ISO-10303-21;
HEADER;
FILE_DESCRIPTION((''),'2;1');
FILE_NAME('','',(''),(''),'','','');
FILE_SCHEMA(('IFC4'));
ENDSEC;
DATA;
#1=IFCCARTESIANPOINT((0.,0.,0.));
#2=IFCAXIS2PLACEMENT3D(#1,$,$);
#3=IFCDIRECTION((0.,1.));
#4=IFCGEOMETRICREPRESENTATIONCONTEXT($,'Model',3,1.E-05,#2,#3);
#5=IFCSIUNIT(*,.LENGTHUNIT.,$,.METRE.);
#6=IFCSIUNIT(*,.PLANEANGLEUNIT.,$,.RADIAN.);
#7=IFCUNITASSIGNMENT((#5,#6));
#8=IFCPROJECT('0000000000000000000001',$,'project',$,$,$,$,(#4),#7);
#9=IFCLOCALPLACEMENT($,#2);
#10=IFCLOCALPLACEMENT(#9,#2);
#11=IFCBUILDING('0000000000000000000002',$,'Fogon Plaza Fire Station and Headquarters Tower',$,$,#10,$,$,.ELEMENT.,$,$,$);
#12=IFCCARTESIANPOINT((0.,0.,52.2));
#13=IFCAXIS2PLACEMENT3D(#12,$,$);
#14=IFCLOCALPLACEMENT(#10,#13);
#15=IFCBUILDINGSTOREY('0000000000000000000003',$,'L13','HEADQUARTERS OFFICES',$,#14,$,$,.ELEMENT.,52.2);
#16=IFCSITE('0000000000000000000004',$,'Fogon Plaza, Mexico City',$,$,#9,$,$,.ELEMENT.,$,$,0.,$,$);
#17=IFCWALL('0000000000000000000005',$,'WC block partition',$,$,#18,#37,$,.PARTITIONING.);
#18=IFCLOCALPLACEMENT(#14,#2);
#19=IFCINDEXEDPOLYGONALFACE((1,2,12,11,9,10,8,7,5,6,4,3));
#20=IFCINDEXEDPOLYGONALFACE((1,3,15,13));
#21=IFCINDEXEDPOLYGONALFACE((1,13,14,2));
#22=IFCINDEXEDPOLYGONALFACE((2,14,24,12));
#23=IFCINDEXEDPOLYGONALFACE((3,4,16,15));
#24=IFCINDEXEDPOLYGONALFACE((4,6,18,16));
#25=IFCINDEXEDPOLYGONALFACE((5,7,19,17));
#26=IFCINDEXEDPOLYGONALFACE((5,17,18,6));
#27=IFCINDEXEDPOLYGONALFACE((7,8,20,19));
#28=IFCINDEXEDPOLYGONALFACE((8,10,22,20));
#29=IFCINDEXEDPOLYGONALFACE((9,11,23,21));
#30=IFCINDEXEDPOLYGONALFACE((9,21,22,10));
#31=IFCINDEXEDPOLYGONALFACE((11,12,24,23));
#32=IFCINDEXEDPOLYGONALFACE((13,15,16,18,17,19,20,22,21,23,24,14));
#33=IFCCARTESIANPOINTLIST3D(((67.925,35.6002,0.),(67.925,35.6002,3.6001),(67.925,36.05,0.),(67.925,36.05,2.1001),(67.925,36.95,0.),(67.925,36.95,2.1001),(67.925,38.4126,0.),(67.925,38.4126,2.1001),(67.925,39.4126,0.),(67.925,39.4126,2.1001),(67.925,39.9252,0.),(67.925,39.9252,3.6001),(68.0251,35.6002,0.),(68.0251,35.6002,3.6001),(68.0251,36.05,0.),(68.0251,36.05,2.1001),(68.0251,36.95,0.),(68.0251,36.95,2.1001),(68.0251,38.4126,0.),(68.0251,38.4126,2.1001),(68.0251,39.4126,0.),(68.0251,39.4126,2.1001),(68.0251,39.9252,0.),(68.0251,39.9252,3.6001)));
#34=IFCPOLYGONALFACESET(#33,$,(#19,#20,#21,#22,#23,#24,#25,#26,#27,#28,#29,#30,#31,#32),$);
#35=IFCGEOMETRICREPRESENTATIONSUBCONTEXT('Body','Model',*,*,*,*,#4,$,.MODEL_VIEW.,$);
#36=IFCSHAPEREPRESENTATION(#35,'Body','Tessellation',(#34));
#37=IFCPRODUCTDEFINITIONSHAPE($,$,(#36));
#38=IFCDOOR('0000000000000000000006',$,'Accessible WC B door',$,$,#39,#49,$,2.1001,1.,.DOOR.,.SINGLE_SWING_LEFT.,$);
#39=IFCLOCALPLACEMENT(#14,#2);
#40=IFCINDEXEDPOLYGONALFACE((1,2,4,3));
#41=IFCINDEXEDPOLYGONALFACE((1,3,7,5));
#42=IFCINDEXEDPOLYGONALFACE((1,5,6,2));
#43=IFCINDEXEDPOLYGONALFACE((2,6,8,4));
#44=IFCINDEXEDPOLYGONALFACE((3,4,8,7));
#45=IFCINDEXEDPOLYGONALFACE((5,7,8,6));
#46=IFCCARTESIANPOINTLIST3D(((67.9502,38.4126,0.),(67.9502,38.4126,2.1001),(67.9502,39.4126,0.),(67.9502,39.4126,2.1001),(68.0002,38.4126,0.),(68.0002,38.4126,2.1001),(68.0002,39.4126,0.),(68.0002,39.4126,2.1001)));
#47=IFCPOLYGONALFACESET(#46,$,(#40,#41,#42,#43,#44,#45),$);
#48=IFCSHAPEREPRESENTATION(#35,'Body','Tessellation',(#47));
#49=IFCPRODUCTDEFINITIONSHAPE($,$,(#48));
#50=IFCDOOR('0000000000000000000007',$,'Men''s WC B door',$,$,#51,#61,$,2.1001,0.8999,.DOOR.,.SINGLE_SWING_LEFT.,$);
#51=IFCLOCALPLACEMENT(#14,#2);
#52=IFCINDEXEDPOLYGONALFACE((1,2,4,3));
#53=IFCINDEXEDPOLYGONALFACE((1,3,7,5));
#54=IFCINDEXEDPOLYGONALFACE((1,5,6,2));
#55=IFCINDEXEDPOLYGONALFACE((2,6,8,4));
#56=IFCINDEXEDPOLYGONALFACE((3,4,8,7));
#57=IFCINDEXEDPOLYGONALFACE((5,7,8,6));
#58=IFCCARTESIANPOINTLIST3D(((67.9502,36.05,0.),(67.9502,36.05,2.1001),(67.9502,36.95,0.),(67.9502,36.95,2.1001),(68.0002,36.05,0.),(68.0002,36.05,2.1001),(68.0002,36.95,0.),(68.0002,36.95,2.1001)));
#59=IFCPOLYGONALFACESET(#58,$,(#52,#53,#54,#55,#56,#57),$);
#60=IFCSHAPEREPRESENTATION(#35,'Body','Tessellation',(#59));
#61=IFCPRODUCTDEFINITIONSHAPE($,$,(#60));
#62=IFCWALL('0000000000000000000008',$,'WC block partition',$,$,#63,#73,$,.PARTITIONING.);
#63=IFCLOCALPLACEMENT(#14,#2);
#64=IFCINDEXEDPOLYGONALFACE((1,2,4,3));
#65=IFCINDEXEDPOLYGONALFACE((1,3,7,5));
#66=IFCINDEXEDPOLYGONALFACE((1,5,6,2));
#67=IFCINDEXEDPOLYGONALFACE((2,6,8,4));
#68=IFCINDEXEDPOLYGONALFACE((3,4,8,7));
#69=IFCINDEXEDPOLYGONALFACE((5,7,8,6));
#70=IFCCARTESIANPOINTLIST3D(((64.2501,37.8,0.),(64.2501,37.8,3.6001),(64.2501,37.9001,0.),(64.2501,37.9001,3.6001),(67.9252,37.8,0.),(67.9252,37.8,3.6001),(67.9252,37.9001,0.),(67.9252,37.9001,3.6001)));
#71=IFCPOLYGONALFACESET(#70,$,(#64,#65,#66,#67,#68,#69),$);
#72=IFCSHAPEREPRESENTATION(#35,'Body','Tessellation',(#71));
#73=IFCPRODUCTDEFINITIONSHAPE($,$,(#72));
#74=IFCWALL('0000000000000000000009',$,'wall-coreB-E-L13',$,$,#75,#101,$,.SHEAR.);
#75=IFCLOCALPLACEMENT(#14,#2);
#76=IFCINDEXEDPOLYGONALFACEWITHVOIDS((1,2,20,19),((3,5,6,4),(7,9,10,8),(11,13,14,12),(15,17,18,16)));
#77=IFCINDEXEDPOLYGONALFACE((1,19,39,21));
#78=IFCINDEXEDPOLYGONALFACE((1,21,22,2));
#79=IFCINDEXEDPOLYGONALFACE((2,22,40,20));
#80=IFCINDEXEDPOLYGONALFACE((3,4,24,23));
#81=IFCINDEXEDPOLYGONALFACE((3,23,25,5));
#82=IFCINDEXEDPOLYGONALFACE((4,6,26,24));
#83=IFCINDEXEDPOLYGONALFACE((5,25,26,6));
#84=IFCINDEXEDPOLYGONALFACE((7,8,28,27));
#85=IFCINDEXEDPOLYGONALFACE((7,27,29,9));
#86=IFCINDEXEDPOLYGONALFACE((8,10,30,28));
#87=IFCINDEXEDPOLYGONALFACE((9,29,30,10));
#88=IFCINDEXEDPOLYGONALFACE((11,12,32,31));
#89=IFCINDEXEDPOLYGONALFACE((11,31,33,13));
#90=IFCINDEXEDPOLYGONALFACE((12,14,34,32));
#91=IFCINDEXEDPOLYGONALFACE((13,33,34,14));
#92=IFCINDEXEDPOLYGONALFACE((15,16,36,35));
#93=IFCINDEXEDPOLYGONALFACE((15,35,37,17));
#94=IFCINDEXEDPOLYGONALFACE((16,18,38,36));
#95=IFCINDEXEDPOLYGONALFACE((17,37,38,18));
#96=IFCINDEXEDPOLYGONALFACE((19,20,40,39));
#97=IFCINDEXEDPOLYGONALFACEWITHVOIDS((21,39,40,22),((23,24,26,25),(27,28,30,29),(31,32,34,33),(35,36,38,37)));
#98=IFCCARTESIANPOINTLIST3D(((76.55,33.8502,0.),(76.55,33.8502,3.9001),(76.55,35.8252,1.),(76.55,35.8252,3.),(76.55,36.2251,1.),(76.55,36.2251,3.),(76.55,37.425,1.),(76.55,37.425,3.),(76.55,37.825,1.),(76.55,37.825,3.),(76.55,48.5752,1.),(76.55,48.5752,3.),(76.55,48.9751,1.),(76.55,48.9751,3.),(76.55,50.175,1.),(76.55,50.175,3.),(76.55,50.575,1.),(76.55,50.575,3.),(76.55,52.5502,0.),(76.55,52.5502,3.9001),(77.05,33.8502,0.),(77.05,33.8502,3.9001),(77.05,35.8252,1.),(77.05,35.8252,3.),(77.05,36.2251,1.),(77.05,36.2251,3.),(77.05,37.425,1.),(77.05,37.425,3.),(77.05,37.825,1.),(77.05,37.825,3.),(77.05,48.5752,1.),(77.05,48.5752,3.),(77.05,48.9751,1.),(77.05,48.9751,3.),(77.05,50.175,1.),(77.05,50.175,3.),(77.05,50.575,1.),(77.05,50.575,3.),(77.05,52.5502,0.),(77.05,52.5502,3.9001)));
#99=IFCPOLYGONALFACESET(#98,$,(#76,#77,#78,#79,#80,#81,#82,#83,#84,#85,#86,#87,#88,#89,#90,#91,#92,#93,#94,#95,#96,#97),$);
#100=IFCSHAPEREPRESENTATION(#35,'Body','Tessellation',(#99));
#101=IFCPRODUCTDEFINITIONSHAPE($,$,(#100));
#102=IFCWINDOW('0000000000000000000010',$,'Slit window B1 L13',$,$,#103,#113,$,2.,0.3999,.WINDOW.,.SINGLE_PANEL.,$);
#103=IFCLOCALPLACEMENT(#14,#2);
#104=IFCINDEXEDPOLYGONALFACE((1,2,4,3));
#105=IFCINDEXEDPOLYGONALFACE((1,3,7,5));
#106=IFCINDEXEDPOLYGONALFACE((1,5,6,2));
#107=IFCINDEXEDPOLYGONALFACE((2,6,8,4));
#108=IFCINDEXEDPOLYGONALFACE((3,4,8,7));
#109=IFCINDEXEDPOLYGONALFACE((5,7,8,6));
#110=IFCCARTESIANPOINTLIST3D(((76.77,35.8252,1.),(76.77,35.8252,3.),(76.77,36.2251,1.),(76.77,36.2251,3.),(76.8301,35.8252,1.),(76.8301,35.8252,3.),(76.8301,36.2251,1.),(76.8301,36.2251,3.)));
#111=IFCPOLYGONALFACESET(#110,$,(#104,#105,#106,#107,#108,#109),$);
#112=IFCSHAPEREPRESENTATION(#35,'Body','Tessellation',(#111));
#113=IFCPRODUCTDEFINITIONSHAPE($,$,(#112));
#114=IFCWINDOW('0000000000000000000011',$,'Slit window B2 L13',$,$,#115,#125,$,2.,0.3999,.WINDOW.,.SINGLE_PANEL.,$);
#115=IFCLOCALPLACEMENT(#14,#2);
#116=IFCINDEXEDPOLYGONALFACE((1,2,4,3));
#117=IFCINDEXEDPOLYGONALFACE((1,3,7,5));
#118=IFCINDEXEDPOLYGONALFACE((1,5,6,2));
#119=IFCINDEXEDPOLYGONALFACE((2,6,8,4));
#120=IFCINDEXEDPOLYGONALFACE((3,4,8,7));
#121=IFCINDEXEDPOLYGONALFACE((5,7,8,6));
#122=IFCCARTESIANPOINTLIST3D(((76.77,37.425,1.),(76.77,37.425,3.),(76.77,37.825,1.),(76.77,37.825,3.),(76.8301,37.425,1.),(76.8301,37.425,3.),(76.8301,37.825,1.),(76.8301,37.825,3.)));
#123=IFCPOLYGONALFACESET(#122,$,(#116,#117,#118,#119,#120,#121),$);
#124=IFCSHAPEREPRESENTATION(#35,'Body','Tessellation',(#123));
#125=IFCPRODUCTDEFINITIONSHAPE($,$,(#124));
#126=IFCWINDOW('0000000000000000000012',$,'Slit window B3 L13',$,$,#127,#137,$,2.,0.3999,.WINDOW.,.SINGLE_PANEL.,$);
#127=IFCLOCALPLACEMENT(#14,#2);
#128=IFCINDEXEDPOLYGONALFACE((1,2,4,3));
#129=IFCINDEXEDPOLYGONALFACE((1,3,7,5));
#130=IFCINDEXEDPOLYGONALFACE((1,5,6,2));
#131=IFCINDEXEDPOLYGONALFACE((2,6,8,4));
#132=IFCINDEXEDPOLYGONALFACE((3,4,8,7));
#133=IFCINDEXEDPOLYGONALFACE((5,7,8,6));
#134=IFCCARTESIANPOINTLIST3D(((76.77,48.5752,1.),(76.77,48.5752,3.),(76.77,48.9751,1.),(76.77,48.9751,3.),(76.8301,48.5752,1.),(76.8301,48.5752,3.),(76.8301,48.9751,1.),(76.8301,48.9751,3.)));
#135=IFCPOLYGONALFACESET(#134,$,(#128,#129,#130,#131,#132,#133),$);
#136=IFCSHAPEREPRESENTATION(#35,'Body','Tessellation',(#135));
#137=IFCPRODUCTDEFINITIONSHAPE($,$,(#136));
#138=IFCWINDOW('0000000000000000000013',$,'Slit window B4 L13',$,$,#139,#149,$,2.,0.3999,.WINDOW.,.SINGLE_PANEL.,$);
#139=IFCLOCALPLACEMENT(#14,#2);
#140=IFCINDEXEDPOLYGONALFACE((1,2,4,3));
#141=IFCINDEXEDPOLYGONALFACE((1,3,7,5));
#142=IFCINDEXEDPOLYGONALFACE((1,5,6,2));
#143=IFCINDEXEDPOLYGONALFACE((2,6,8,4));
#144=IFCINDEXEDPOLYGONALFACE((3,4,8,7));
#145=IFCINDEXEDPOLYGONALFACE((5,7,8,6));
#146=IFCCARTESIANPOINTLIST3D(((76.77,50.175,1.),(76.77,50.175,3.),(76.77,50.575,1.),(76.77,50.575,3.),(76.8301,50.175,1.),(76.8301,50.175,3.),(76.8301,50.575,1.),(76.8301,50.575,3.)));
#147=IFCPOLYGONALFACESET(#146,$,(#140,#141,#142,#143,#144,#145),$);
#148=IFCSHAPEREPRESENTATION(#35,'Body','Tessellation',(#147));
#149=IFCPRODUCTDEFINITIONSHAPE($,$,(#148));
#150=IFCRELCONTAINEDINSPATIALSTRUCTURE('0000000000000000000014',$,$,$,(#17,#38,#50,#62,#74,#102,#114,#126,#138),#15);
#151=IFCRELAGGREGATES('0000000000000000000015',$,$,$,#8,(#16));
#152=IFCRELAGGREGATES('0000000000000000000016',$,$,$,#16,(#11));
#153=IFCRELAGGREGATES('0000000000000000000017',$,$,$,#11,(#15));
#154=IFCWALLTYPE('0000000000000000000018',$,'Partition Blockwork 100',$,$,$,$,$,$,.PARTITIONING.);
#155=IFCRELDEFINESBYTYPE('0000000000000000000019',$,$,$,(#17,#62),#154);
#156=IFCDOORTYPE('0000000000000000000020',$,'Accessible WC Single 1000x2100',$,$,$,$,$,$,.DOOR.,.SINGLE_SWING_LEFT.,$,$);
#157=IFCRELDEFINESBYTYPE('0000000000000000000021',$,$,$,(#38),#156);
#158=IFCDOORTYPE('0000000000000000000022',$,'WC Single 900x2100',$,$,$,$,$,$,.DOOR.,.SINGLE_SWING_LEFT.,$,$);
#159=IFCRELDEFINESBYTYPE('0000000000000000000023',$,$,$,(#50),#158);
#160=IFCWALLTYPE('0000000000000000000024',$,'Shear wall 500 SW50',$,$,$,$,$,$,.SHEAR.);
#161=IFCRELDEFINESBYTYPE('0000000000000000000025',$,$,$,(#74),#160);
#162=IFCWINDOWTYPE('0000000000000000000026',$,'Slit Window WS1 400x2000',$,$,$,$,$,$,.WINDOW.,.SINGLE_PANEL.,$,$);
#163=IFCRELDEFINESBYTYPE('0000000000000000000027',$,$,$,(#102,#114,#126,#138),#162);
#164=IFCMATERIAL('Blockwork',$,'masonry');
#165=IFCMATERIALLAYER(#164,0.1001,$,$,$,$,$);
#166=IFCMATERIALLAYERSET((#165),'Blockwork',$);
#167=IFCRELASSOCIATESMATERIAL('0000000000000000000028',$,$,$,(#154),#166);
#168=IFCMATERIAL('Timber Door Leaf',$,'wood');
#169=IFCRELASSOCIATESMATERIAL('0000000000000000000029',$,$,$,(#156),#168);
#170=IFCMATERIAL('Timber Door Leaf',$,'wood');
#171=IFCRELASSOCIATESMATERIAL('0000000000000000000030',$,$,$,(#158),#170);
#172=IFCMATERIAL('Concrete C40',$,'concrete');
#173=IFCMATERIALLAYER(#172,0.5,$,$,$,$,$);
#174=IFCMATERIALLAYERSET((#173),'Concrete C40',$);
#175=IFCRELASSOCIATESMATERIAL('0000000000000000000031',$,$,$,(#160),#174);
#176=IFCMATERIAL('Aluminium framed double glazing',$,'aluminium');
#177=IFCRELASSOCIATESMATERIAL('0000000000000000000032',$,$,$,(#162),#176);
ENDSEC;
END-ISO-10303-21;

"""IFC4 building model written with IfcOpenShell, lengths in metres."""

from ifc_helpers import new_model, si_unit, direction, frame, frame_2d, origin, place, context, subcontext, project, spatial, rectangle, extrude, material, layer, layer_set, type_object, element, fill, save


model = new_model("IFC4")

# Units and contexts
model_context = context("Model", 3, precision=1e-05, world=origin(), true_north=direction((0.0, 1.0)))
body_context = subcontext(model_context, "Body", "Model", "MODEL_VIEW")
ifc_project = project(units=[si_unit("LENGTHUNIT", "METRE"), si_unit("PLANEANGLEUNIT", "RADIAN")], contexts=[model_context])

# Site, building, storey
site_placement = place(None, origin())
site = spatial("IfcSite", under=ifc_project, at=site_placement, Name="Fogon Plaza, Mexico City", CompositionType="ELEMENT", RefElevation=0.0)
building_placement = place(site_placement, origin())
building = spatial("IfcBuilding", under=site, at=building_placement, Name="Fogon Plaza Fire Station and Headquarters Tower", CompositionType="ELEMENT")
storey_placement = place(building_placement, frame((0.0, 0.0, 52.2)))
storey = spatial("IfcBuildingStorey", under=building, at=storey_placement, Name="L13", Description="HEADQUARTERS OFFICES", CompositionType="ELEMENT", Elevation=52.2)

# Shared definitions
ifc_material_1 = material(Name="Blockwork", Category="masonry")
ifc_layer_1 = layer(ifc_material_1, 0.1001)
ifc_layer_set_1 = layer_set([ifc_layer_1], Name="Blockwork")
wall_type_1 = type_object("IfcWallType", Name="Partition Blockwork 100", PredefinedType="PARTITIONING", material=ifc_layer_set_1)

# Wall, openings, doors
wall_1_placement = place(storey_placement, frame((67.9751, 35.6001, 0.0), z_axis=(0.0, 0.0, 1.0), x_axis=(0.0, 1.0, 0.0)))
wall_1 = element("IfcWall", 1, at=wall_1_placement, inside=storey, type_object=wall_type_1, Name="WC block partition", PredefinedType="PARTITIONING", context=body_context, shape_type="SweptSolid", body=[
    extrude(rectangle(XDim=4.325, YDim=0.1001, at=frame_2d((2.1626, 0.0))), origin(), (0.0, 0.0, 1.0), 3.6001),
])
opening_1_placement = place(wall_1_placement, frame((0.45, 0.0, 0.0)))
opening_1 = element("IfcOpeningElement", 2, at=opening_1_placement, cuts=wall_1, PredefinedType="OPENING", context=body_context, shape_type="SweptSolid", body=[
    extrude(rectangle(XDim=0.8999, YDim=2.1001, at=frame_2d((0.45, 1.05))), frame((0.0, 0.0601, 0.0), z_axis=(0.0, -1.0, 0.0), x_axis=(1.0, 0.0, 0.0)), (0.0, 0.0, 1.0), 0.1201),
])
opening_2_placement = place(wall_1_placement, frame((2.8125, 0.0, 0.0)))
opening_2 = element("IfcOpeningElement", 3, at=opening_2_placement, cuts=wall_1, PredefinedType="OPENING", context=body_context, shape_type="SweptSolid", body=[
    extrude(rectangle(XDim=1.0, YDim=2.1001, at=frame_2d((0.5, 1.05))), frame((0.0, 0.0601, 0.0), z_axis=(0.0, -1.0, 0.0), x_axis=(1.0, 0.0, 0.0)), (0.0, 0.0, 1.0), 0.1201),
])
ifc_material_2 = material(Name="Timber Door Leaf", Category="wood")
door_type_1 = type_object("IfcDoorType", Name="Accessible WC Single 1000x2100", OperationType="SINGLE_SWING_LEFT", PredefinedType="DOOR", material=ifc_material_2)
door_1_placement = place(opening_2_placement, origin())
door_1 = element("IfcDoor", 4, at=door_1_placement, inside=storey, type_object=door_type_1, Name="Accessible WC B door", OperationType="SINGLE_SWING_LEFT", OverallHeight=2.1001, OverallWidth=1.0, PredefinedType="DOOR", context=body_context, shape_type="SweptSolid", body=[
    extrude(rectangle(XDim=1.0, YDim=2.1001, at=frame_2d((0.5, 1.05))), frame((0.0, 0.0249, 0.0), z_axis=(0.0, -1.0, 0.0), x_axis=(1.0, 0.0, 0.0)), (0.0, 0.0, 1.0), 0.05),
])
fill(opening_2, door_1)
ifc_material_3 = material(Name="Timber Door Leaf", Category="wood")
door_type_2 = type_object("IfcDoorType", Name="WC Single 900x2100", OperationType="SINGLE_SWING_LEFT", PredefinedType="DOOR", material=ifc_material_3)
door_2_placement = place(opening_1_placement, origin())
door_2 = element("IfcDoor", 5, at=door_2_placement, inside=storey, type_object=door_type_2, Name="Men's WC B door", OperationType="SINGLE_SWING_LEFT", OverallHeight=2.1001, OverallWidth=0.8999, PredefinedType="DOOR", context=body_context, shape_type="SweptSolid", body=[
    extrude(rectangle(XDim=0.8999, YDim=2.1001, at=frame_2d((0.45, 1.05))), frame((0.0, 0.0249, 0.0), z_axis=(0.0, -1.0, 0.0), x_axis=(1.0, 0.0, 0.0)), (0.0, 0.0, 1.0), 0.05),
])
fill(opening_1, door_2)

# Wall
wall_2_placement = place(storey_placement, frame((67.925, 37.8501, 0.0), z_axis=(0.0, 0.0, 1.0), x_axis=(-1.0, 0.0, 0.0)))
element("IfcWall", 6, at=wall_2_placement, inside=storey, type_object=wall_type_1, Name="WC block partition", PredefinedType="PARTITIONING", context=body_context, shape_type="SweptSolid", body=[
    extrude(rectangle(XDim=3.675, YDim=0.1001, at=frame_2d((1.8374, 0.0))), origin(), (0.0, 0.0, 1.0), 3.6001),
])

# Wall, openings, windows
ifc_material_4 = material(Name="Concrete C40", Category="concrete")
ifc_layer_2 = layer(ifc_material_4, 0.5)
ifc_layer_set_2 = layer_set([ifc_layer_2], Name="Concrete C40")
wall_type_2 = type_object("IfcWallType", Name="Shear wall 500 SW50", PredefinedType="SHEAR", material=ifc_layer_set_2)
wall_3_placement = place(storey_placement, frame((76.8, 33.8501, 0.0), z_axis=(0.0, 0.0, 1.0), x_axis=(0.0, 1.0, 0.0)))
wall_3 = element("IfcWall", 7, at=wall_3_placement, inside=storey, type_object=wall_type_2, Name="wall-coreB-E-L13", PredefinedType="SHEAR", context=body_context, shape_type="SweptSolid", body=[
    extrude(rectangle(XDim=18.7, YDim=0.5, at=frame_2d((9.3501, 0.0))), origin(), (0.0, 0.0, 1.0), 3.9001),
])
opening_3_placement = place(wall_3_placement, frame((1.9751, 0.0, 1.0)))
opening_3 = element("IfcOpeningElement", 8, at=opening_3_placement, cuts=wall_3, PredefinedType="OPENING", context=body_context, shape_type="SweptSolid", body=[
    extrude(rectangle(XDim=0.3999, YDim=2.0, at=frame_2d((0.2, 1.0))), frame((0.0, 0.26, 0.0), z_axis=(0.0, -1.0, 0.0), x_axis=(1.0, 0.0, 0.0)), (0.0, 0.0, 1.0), 0.52),
])
opening_4_placement = place(wall_3_placement, frame((3.575, 0.0, 1.0)))
opening_4 = element("IfcOpeningElement", 9, at=opening_4_placement, cuts=wall_3, PredefinedType="OPENING", context=body_context, shape_type="SweptSolid", body=[
    extrude(rectangle(XDim=0.3999, YDim=2.0, at=frame_2d((0.2, 1.0))), frame((0.0, 0.26, 0.0), z_axis=(0.0, -1.0, 0.0), x_axis=(1.0, 0.0, 0.0)), (0.0, 0.0, 1.0), 0.52),
])
opening_5_placement = place(wall_3_placement, frame((14.7251, 0.0, 1.0)))
opening_5 = element("IfcOpeningElement", 10, at=opening_5_placement, cuts=wall_3, PredefinedType="OPENING", context=body_context, shape_type="SweptSolid", body=[
    extrude(rectangle(XDim=0.3999, YDim=2.0, at=frame_2d((0.2, 1.0))), frame((0.0, 0.26, 0.0), z_axis=(0.0, -1.0, 0.0), x_axis=(1.0, 0.0, 0.0)), (0.0, 0.0, 1.0), 0.52),
])
opening_6_placement = place(wall_3_placement, frame((16.325, 0.0, 1.0)))
opening_6 = element("IfcOpeningElement", 11, at=opening_6_placement, cuts=wall_3, PredefinedType="OPENING", context=body_context, shape_type="SweptSolid", body=[
    extrude(rectangle(XDim=0.3999, YDim=2.0, at=frame_2d((0.2, 1.0))), frame((0.0, 0.26, 0.0), z_axis=(0.0, -1.0, 0.0), x_axis=(1.0, 0.0, 0.0)), (0.0, 0.0, 1.0), 0.52),
])
ifc_material_5 = material(Name="Aluminium framed double glazing", Category="aluminium")
window_type = type_object("IfcWindowType", Name="Slit Window WS1 400x2000", PartitioningType="SINGLE_PANEL", PredefinedType="WINDOW", material=ifc_material_5)
window_1_placement = place(opening_3_placement, origin())
window_1 = element("IfcWindow", 12, at=window_1_placement, inside=storey, type_object=window_type, Name="Slit window B1 L13", OverallHeight=2.0, OverallWidth=0.3999, PartitioningType="SINGLE_PANEL", PredefinedType="WINDOW", context=body_context, shape_type="SweptSolid", body=[
    extrude(rectangle(XDim=0.3999, YDim=2.0, at=frame_2d((0.2, 1.0))), frame((0.0, 0.03, 0.0), z_axis=(0.0, -1.0, 0.0), x_axis=(1.0, 0.0, 0.0)), (0.0, 0.0, 1.0), 0.0601),
])
fill(opening_3, window_1)
window_2_placement = place(opening_4_placement, origin())
window_2 = element("IfcWindow", 13, at=window_2_placement, inside=storey, type_object=window_type, Name="Slit window B2 L13", OverallHeight=2.0, OverallWidth=0.3999, PartitioningType="SINGLE_PANEL", PredefinedType="WINDOW", context=body_context, shape_type="SweptSolid", body=[
    extrude(rectangle(XDim=0.3999, YDim=2.0, at=frame_2d((0.2, 1.0))), frame((0.0, 0.03, 0.0), z_axis=(0.0, -1.0, 0.0), x_axis=(1.0, 0.0, 0.0)), (0.0, 0.0, 1.0), 0.0601),
])
fill(opening_4, window_2)
window_3_placement = place(opening_5_placement, origin())
window_3 = element("IfcWindow", 14, at=window_3_placement, inside=storey, type_object=window_type, Name="Slit window B3 L13", OverallHeight=2.0, OverallWidth=0.3999, PartitioningType="SINGLE_PANEL", PredefinedType="WINDOW", context=body_context, shape_type="SweptSolid", body=[
    extrude(rectangle(XDim=0.3999, YDim=2.0, at=frame_2d((0.2, 1.0))), frame((0.0, 0.03, 0.0), z_axis=(0.0, -1.0, 0.0), x_axis=(1.0, 0.0, 0.0)), (0.0, 0.0, 1.0), 0.0601),
])
fill(opening_5, window_3)
window_4_placement = place(opening_6_placement, origin())
window_4 = element("IfcWindow", 15, at=window_4_placement, inside=storey, type_object=window_type, Name="Slit window B4 L13", OverallHeight=2.0, OverallWidth=0.3999, PartitioningType="SINGLE_PANEL", PredefinedType="WINDOW", context=body_context, shape_type="SweptSolid", body=[
    extrude(rectangle(XDim=0.3999, YDim=2.0, at=frame_2d((0.2, 1.0))), frame((0.0, 0.03, 0.0), z_axis=(0.0, -1.0, 0.0), x_axis=(1.0, 0.0, 0.0)), (0.0, 0.0, 1.0), 0.0601),
])
fill(opening_6, window_4)

save(model, "model.ifc")
